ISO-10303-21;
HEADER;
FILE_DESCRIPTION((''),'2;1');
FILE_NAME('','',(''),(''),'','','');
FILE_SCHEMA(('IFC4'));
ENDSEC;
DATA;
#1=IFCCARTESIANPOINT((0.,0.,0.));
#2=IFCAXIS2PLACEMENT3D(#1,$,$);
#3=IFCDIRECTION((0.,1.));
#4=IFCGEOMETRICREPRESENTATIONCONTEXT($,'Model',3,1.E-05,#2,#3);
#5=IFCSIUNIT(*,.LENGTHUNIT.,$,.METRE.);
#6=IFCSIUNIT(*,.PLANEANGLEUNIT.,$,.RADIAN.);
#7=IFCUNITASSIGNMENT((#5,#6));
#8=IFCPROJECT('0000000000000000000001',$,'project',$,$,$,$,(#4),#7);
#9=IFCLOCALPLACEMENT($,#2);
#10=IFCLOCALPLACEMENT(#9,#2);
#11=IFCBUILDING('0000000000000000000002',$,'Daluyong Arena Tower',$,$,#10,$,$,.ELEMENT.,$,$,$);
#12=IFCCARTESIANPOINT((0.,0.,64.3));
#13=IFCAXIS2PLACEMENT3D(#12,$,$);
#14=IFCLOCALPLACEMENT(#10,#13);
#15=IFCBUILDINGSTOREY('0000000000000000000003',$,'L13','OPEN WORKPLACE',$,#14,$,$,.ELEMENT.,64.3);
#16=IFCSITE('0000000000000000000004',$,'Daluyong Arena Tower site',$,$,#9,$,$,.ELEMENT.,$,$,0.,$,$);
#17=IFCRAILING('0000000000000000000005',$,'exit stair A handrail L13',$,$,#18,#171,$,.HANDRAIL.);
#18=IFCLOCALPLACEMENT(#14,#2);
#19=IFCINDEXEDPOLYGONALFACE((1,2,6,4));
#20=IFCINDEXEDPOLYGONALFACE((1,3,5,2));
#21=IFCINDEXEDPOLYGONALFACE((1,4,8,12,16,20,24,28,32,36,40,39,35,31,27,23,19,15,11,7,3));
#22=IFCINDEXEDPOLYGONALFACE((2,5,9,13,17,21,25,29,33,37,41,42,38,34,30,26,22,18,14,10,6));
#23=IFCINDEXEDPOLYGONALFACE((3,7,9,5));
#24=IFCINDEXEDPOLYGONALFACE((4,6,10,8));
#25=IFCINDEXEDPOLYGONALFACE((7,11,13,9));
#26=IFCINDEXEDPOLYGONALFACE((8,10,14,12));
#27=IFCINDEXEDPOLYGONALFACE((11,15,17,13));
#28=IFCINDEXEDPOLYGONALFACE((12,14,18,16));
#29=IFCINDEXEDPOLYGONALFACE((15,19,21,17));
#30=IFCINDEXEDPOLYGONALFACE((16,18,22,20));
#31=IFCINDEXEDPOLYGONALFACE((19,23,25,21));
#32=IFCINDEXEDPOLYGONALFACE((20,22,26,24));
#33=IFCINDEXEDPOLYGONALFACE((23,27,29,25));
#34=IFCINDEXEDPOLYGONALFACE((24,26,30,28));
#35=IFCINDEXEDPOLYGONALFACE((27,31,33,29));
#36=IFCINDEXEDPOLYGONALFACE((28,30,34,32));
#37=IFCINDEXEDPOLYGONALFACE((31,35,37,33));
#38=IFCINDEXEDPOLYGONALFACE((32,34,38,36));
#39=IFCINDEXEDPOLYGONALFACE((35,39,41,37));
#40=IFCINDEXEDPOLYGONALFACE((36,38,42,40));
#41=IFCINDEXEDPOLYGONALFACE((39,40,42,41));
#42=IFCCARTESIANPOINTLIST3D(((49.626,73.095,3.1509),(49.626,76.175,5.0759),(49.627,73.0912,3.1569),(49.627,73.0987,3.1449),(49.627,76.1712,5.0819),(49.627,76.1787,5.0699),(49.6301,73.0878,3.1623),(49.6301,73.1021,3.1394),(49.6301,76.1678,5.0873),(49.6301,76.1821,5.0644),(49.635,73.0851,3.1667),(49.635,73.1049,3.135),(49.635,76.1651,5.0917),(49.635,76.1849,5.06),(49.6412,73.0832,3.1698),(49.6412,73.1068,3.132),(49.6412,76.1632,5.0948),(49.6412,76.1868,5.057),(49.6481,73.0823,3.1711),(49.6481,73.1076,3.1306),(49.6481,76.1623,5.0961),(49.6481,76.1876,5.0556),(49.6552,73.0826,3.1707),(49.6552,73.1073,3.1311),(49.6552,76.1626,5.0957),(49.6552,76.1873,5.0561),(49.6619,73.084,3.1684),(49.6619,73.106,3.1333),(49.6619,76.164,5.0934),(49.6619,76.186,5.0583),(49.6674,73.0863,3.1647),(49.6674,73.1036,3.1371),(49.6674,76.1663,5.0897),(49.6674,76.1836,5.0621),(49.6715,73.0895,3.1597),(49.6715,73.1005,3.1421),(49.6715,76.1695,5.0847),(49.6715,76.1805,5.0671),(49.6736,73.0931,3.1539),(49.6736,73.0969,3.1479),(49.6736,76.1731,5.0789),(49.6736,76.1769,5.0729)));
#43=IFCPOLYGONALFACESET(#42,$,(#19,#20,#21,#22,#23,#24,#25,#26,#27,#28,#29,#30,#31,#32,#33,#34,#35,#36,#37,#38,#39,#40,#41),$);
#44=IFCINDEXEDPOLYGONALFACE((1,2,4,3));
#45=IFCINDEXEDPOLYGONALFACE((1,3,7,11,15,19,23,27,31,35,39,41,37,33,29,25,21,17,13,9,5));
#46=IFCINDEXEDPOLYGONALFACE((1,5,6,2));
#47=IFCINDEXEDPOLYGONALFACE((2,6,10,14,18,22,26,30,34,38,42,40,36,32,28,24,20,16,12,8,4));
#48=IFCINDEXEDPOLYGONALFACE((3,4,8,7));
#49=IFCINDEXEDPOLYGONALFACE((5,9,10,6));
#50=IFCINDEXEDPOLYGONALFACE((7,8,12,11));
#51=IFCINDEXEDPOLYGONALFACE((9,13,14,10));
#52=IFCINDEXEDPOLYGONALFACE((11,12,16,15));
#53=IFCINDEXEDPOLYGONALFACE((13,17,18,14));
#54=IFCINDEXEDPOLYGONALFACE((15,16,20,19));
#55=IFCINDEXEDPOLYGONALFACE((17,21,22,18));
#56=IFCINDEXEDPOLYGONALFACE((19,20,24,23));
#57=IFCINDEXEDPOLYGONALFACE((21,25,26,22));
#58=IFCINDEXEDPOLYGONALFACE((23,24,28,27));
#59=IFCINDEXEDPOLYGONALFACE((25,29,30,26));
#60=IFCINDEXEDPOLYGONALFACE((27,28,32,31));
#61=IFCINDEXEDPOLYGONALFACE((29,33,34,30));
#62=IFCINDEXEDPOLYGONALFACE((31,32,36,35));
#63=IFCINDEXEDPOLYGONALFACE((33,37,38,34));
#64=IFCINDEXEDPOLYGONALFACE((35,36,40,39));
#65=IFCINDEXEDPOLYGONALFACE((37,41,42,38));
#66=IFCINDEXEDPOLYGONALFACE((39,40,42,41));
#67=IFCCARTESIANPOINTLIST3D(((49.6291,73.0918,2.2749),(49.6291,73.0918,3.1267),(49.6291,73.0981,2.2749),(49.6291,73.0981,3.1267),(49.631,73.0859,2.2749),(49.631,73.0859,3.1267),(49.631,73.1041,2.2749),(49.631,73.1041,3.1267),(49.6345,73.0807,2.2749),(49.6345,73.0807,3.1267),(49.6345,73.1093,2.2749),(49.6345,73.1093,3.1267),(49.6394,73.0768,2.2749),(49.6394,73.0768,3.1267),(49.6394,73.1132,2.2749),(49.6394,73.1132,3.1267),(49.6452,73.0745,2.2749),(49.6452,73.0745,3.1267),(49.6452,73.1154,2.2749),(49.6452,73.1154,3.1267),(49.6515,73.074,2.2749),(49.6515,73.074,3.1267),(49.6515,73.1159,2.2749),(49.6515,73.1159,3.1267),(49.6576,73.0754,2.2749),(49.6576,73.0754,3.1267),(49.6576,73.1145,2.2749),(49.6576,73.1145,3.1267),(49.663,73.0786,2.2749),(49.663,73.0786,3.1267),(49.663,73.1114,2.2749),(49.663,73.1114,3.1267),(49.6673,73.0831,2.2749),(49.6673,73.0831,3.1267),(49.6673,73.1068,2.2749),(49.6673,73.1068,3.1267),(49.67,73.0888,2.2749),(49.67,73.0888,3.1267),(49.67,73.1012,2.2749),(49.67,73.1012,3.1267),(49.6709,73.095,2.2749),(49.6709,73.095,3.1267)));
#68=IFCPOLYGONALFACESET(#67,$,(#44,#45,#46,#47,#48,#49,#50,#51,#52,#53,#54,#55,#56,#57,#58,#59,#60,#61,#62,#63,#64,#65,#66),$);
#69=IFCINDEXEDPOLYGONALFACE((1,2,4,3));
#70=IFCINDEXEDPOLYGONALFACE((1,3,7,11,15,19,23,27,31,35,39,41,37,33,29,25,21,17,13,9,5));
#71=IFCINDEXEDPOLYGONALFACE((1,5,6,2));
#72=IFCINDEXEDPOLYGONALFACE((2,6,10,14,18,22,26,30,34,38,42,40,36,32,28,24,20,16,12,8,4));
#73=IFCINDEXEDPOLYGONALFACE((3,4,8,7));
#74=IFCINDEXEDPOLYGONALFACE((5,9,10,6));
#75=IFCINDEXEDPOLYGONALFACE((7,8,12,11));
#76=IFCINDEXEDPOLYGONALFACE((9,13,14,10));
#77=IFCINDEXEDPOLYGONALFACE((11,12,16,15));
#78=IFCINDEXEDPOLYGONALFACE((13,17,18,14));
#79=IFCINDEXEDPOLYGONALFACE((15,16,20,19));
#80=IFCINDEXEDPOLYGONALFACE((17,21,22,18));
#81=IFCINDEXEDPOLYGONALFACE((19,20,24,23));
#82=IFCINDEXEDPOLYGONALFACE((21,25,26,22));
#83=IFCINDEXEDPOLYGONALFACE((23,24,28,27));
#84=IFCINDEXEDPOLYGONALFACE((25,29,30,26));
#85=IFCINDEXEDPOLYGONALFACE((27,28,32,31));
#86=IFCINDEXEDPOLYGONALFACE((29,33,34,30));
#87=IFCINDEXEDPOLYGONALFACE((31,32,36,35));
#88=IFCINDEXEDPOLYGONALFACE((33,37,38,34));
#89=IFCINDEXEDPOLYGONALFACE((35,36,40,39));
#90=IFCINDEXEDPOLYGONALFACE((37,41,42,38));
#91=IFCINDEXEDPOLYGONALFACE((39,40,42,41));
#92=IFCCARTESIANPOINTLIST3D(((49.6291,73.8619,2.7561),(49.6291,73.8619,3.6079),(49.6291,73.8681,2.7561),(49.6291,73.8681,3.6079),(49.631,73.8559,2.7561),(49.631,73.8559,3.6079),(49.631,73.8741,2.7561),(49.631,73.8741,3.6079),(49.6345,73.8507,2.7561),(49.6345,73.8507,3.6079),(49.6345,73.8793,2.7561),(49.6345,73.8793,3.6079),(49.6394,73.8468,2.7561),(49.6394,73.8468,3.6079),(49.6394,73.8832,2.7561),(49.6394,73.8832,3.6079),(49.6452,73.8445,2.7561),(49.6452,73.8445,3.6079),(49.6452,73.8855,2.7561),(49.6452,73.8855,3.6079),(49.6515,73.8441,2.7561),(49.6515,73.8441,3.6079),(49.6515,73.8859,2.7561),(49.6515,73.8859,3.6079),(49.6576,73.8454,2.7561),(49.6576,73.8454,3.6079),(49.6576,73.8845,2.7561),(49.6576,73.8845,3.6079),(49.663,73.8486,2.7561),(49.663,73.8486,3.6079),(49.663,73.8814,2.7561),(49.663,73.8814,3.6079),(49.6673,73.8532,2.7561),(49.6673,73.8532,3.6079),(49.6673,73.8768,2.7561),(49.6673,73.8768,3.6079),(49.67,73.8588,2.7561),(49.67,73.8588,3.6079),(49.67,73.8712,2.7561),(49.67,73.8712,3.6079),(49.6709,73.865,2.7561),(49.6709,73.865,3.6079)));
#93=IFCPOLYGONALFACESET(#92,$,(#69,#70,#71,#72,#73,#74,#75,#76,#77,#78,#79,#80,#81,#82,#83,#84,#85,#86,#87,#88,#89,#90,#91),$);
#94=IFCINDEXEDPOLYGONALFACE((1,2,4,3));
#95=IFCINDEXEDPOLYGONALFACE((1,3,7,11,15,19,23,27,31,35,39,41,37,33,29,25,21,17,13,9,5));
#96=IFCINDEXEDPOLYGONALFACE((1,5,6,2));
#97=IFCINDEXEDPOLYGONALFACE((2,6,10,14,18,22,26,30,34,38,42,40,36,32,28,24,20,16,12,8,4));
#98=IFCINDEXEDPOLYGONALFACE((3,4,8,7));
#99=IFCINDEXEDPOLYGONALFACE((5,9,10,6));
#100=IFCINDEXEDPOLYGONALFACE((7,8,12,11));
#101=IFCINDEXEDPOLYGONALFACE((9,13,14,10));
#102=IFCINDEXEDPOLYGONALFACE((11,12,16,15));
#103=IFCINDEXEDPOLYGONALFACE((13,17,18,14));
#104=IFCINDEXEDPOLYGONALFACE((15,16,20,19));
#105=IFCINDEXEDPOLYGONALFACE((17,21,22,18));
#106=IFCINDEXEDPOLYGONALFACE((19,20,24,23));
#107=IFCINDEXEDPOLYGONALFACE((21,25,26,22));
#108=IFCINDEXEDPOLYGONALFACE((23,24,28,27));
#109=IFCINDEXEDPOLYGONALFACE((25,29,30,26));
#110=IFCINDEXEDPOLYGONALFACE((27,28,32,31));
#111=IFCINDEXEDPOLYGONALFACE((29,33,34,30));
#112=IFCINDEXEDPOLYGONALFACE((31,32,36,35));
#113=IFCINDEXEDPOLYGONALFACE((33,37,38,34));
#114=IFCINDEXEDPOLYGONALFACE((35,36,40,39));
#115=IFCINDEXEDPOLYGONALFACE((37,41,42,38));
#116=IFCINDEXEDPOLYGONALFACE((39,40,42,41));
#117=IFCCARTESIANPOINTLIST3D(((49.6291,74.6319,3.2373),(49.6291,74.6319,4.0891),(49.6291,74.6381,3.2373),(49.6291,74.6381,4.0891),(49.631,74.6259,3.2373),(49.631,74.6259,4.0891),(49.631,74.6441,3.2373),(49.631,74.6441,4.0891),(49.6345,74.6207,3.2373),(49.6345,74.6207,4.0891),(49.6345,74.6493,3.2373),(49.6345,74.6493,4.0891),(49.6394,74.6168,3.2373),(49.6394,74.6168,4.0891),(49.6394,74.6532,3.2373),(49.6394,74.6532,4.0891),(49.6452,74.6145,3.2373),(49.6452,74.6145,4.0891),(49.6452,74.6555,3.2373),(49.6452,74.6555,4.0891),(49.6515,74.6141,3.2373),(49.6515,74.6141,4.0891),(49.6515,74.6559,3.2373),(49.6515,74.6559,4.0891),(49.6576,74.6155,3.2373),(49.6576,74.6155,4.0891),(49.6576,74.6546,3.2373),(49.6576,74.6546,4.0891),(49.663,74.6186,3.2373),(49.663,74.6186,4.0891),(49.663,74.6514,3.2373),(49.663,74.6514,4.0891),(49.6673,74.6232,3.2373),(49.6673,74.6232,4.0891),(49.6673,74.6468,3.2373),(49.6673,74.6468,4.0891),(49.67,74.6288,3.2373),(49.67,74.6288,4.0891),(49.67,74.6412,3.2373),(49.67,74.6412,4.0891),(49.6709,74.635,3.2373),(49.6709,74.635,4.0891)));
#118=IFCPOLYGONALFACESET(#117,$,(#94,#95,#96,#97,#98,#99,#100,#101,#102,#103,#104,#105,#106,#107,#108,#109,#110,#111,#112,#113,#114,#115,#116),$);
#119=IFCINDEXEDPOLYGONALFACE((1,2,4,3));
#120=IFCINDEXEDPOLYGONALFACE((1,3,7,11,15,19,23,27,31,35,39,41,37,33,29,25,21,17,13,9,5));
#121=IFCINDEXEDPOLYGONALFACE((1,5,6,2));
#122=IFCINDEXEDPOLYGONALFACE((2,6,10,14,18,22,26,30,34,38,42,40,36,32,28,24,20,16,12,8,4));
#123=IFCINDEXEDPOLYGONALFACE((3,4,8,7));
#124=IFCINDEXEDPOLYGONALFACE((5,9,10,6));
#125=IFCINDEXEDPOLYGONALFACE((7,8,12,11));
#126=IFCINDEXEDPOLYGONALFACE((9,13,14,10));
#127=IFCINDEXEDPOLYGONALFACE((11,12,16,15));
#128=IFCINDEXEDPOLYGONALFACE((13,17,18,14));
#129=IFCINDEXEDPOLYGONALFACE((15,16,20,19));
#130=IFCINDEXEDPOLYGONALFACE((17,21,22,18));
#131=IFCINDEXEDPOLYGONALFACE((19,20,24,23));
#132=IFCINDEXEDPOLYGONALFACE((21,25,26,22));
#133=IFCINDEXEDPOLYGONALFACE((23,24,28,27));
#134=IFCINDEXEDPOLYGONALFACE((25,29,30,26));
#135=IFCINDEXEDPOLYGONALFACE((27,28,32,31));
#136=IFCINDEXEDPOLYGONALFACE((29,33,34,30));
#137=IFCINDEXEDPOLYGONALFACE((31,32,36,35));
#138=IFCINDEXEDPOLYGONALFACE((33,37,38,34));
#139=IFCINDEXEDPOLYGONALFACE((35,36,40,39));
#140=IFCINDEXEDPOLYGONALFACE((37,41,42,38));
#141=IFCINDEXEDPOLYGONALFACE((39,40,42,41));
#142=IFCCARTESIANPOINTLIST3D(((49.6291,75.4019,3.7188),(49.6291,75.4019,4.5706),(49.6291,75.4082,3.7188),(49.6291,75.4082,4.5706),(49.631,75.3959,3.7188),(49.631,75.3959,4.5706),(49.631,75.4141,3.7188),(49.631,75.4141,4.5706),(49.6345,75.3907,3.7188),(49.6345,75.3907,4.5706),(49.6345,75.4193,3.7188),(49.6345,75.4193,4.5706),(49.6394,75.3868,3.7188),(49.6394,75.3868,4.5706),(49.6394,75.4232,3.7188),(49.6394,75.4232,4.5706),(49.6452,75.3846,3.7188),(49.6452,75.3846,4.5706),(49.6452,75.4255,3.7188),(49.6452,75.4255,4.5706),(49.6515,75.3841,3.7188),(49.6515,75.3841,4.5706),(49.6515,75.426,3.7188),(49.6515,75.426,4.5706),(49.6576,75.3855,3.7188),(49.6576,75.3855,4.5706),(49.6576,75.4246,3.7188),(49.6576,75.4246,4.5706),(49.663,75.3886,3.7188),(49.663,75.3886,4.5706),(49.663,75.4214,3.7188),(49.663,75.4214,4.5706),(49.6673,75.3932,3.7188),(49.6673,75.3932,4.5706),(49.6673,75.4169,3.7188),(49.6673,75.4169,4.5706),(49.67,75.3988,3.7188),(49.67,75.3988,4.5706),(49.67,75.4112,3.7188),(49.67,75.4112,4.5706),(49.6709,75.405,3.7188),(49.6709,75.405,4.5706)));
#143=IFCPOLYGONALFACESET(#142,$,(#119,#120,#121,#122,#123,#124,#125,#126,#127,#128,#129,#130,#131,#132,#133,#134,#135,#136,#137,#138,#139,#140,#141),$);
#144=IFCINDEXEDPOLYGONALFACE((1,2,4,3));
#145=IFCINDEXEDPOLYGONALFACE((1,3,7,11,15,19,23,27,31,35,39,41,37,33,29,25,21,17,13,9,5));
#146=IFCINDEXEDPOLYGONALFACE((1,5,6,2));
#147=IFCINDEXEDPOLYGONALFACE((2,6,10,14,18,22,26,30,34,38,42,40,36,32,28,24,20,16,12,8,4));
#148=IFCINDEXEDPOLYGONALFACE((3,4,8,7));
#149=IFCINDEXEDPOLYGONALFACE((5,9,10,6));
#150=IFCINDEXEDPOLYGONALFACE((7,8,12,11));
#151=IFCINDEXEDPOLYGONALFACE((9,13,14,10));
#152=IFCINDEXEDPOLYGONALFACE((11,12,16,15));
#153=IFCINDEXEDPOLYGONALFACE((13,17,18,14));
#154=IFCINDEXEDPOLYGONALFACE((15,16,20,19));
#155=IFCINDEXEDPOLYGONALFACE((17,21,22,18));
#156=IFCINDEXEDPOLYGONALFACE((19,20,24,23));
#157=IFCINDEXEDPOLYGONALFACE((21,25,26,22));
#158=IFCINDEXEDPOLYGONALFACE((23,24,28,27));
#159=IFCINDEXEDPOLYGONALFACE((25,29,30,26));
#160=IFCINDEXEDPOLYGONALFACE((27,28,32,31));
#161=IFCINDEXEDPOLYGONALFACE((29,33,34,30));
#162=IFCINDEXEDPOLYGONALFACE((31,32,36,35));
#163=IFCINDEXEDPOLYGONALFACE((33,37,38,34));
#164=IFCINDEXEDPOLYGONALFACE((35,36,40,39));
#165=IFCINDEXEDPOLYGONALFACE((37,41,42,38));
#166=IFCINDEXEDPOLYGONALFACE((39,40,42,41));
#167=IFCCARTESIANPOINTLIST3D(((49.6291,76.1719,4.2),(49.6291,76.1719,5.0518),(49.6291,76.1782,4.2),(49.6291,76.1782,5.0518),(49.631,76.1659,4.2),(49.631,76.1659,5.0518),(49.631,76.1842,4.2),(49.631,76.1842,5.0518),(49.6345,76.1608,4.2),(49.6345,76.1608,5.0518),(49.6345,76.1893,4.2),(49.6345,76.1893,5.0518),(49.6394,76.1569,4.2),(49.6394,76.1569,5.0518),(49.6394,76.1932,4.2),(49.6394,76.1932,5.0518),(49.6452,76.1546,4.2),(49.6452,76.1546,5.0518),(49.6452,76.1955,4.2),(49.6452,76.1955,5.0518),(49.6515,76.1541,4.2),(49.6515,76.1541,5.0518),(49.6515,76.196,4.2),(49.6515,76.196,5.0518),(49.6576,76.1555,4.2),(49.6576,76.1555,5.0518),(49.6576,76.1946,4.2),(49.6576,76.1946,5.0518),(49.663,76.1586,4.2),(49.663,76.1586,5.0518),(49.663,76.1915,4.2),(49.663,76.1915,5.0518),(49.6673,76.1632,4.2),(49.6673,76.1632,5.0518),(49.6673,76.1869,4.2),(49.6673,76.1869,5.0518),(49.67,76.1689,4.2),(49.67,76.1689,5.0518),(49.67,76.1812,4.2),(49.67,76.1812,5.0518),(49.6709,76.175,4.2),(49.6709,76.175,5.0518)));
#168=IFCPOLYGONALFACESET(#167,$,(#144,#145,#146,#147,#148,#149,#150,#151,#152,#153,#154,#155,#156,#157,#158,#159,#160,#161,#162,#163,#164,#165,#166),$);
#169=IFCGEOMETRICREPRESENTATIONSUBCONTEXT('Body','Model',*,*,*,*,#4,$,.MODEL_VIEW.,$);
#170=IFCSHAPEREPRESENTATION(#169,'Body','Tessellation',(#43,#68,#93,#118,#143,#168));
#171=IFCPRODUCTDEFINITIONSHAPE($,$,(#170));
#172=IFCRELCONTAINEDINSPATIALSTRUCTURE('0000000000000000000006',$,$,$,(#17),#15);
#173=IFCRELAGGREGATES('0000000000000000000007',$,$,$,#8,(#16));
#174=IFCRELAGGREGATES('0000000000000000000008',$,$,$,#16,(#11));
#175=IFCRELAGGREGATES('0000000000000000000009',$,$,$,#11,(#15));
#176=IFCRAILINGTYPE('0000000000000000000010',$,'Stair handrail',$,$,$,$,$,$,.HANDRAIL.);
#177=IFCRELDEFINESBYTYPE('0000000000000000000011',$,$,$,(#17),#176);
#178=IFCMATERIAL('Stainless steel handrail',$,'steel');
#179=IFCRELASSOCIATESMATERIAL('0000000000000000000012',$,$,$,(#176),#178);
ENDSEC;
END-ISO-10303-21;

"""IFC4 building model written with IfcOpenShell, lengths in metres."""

from ifc_helpers import new_model, si_unit, direction, frame, origin, origin_2d, place, context, subcontext, project, spatial, circle, extrude, material, type_object, element, save


model = new_model("IFC4")

# Units and contexts
model_context = context("Model", 3, precision=1e-05, world=origin(), true_north=direction((0.0, 1.0)))
body_context = subcontext(model_context, "Body", "Model", "MODEL_VIEW")
ifc_project = project(units=[si_unit("LENGTHUNIT", "METRE"), si_unit("PLANEANGLEUNIT", "RADIAN")], contexts=[model_context])

# Site, building, storey
site_placement = place(None, origin())
site = spatial("IfcSite", under=ifc_project, at=site_placement, Name="Daluyong Arena Tower site", CompositionType="ELEMENT", RefElevation=0.0)
building_placement = place(site_placement, origin())
building = spatial("IfcBuilding", under=site, at=building_placement, Name="Daluyong Arena Tower", CompositionType="ELEMENT")
storey_placement = place(building_placement, frame((0.0, 0.0, 64.3)))
storey = spatial("IfcBuildingStorey", under=building, at=storey_placement, Name="L13", Description="OPEN WORKPLACE", CompositionType="ELEMENT", Elevation=64.3)

# Railing
ifc_material_1 = material(Name="Stainless steel handrail", Category="steel")
railing_type_1 = type_object("IfcRailingType", Name="Stair handrail", PredefinedType="HANDRAIL", material=ifc_material_1)
railing_1_placement = place(storey_placement, frame((49.6499, 73.095, 2.2749)))
element("IfcRailing", 1, at=railing_1_placement, inside=storey, type_object=railing_type_1, Name="exit stair A handrail L13", PredefinedType="HANDRAIL", context=body_context, shape_type="SweptSolid", body=[
    extrude(circle(Radius=0.0239, at=origin_2d()), frame((0.0, 0.0, 0.876), z_axis=(0.0, 0.847998, 0.529999), x_axis=(-1.0, 0.0, 0.0)), (0.0, 0.0, 1.0), 3.6321),
    extrude(circle(Radius=0.021, at=origin_2d()), origin(), (0.0, 0.0, 1.0), 0.8518),
    extrude(circle(Radius=0.021, at=origin_2d()), frame((0.0, 0.77, 0.4812)), (0.0, 0.0, 1.0), 0.8518),
    extrude(circle(Radius=0.021, at=origin_2d()), frame((0.0, 1.54, 0.9624)), (0.0, 0.0, 1.0), 0.8518),
    extrude(circle(Radius=0.021, at=origin_2d()), frame((0.0, 2.3101, 1.4438)), (0.0, 0.0, 1.0), 0.8518),
    extrude(circle(Radius=0.021, at=origin_2d()), frame((0.0, 3.0801, 1.925)), (0.0, 0.0, 1.0), 0.8518),
])

save(model, "model.ifc")
